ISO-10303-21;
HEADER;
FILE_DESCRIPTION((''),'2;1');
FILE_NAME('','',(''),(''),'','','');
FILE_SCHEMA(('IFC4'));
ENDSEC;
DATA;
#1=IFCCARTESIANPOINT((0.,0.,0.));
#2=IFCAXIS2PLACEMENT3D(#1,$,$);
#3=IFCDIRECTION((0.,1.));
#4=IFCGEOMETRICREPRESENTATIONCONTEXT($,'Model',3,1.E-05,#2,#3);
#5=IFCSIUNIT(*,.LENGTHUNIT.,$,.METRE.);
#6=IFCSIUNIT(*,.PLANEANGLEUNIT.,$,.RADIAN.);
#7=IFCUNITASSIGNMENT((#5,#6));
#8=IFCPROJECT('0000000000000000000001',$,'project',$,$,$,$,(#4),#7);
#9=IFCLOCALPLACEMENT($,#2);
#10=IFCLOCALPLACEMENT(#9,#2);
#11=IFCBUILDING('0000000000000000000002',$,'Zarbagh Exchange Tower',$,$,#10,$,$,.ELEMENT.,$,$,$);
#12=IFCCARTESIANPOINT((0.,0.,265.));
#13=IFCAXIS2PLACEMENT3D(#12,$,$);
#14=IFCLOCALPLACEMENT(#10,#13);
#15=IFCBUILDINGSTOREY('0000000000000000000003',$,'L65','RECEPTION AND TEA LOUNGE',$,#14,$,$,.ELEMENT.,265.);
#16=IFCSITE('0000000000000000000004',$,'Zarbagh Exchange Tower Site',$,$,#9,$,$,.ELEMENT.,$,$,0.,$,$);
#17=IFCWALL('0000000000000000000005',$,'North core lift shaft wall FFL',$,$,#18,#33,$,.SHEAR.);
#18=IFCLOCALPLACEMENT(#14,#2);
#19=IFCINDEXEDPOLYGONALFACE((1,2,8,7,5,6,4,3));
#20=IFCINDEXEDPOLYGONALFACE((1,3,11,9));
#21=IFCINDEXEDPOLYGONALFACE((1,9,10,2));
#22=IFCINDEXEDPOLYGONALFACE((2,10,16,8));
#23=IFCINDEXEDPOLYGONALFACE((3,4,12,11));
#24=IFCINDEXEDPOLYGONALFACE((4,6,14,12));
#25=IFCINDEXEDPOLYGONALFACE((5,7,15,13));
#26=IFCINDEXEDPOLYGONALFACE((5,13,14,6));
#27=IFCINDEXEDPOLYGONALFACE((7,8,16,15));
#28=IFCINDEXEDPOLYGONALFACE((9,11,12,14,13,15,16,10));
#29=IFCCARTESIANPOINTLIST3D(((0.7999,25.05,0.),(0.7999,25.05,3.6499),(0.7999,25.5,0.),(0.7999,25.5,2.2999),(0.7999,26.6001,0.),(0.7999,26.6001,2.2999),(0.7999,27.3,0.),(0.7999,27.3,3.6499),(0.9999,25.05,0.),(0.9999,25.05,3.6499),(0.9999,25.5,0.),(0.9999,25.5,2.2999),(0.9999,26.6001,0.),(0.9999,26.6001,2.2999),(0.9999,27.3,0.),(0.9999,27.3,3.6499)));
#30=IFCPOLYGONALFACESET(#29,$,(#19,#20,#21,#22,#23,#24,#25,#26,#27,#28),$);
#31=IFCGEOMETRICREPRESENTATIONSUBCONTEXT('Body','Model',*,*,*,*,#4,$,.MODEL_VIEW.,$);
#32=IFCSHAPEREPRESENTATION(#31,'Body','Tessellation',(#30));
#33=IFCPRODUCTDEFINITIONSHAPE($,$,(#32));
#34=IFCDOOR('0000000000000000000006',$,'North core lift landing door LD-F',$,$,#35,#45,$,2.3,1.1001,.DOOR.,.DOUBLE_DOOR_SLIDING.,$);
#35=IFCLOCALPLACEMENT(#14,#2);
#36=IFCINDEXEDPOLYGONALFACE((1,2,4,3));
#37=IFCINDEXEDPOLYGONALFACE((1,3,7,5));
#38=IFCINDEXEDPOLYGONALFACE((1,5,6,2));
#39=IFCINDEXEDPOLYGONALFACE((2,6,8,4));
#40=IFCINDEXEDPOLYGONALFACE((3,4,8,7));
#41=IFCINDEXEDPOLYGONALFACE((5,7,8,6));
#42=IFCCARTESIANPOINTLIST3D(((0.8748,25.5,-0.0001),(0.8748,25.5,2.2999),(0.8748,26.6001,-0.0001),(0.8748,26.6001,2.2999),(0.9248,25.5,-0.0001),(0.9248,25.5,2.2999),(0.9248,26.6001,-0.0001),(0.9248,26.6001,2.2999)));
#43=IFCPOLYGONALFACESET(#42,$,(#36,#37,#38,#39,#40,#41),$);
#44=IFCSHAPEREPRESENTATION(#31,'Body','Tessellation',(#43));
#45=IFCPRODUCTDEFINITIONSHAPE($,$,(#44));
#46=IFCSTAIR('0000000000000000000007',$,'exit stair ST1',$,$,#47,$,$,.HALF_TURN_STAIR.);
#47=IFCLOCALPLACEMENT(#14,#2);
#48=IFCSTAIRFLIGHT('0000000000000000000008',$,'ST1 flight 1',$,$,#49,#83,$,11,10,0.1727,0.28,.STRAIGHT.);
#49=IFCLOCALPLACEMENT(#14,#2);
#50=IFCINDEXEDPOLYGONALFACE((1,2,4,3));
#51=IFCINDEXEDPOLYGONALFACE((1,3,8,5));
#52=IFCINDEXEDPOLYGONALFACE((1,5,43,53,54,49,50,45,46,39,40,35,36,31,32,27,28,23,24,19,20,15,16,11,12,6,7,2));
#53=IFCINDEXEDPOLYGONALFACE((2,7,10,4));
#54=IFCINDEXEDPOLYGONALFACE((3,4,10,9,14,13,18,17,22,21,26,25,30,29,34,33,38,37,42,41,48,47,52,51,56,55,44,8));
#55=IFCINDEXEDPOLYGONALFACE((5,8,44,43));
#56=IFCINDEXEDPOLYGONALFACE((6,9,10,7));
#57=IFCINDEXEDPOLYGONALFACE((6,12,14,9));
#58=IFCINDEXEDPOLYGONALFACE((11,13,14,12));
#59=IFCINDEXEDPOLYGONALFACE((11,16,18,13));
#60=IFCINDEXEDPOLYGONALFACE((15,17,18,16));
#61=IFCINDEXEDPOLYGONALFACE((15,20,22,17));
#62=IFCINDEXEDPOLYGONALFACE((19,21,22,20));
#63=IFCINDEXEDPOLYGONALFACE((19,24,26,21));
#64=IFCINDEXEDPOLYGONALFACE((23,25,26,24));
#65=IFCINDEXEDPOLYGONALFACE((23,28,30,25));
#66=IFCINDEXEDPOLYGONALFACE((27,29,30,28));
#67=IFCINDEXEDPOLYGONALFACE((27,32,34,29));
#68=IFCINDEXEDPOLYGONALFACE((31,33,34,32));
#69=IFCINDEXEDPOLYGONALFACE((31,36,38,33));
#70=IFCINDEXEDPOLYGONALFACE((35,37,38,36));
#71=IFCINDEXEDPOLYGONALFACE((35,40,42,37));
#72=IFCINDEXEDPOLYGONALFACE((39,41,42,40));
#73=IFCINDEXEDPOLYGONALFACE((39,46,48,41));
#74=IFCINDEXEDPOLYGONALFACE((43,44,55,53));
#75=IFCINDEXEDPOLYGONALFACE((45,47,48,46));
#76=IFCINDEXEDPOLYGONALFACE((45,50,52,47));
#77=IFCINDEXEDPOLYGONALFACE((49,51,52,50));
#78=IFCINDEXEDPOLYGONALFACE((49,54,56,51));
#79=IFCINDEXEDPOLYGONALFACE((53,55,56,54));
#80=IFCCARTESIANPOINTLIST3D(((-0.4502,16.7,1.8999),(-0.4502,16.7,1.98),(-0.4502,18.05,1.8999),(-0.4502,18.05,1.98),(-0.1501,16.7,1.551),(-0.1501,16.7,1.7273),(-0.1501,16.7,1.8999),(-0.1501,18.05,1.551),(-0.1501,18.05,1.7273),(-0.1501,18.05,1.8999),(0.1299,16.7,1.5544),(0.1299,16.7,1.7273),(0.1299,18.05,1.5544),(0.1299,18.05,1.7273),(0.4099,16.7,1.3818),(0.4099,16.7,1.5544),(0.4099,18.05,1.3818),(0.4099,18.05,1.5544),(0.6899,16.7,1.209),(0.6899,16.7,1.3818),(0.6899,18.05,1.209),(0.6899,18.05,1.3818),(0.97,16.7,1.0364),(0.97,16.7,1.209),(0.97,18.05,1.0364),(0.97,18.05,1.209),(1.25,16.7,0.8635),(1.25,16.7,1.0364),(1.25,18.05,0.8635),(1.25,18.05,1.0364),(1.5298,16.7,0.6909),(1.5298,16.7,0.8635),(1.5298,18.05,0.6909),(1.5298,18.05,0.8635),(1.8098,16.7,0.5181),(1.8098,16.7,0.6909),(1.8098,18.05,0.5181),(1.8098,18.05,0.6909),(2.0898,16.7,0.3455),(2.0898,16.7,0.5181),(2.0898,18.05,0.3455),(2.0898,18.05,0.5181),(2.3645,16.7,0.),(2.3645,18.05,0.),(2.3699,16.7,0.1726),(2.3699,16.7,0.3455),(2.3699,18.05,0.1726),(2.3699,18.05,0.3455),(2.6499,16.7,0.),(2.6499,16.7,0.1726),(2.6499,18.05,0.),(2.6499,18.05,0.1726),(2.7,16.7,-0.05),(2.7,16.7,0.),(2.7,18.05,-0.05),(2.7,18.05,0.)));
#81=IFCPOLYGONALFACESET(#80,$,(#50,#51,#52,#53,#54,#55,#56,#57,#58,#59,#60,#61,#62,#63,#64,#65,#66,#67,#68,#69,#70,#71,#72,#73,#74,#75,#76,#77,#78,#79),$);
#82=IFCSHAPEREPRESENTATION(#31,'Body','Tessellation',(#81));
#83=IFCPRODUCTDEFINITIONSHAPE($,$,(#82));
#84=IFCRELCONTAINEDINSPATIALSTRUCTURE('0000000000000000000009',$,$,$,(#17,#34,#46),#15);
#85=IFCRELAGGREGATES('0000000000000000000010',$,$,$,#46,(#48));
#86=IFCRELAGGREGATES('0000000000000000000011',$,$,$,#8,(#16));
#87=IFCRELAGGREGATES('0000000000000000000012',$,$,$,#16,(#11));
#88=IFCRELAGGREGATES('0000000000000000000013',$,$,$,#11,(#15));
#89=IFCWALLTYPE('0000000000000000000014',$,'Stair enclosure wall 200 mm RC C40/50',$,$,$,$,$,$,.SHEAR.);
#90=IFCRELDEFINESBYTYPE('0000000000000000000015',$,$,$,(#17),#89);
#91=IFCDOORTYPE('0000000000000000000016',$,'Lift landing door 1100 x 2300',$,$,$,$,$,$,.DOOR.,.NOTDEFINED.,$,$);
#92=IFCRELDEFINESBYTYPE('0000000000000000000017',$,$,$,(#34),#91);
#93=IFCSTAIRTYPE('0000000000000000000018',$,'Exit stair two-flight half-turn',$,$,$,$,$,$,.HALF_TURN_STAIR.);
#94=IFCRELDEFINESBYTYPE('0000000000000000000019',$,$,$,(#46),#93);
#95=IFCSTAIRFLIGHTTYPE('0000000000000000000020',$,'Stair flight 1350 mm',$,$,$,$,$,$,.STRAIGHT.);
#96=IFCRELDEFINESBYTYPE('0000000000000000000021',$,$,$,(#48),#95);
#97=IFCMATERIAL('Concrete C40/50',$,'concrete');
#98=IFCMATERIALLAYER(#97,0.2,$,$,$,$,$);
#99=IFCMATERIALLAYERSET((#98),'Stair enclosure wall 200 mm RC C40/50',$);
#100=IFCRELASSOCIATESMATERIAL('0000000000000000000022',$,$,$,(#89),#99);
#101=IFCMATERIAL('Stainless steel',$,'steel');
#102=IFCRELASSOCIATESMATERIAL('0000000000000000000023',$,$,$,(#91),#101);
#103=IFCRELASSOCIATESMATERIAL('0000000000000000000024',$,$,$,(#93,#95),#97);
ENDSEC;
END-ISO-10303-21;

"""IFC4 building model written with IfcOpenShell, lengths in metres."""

from ifc_helpers import new_model, si_unit, direction, frame, frame_2d, origin, place, context, subcontext, project, spatial, polyline, rectangle, outline, extrude, material, layer, layer_set, type_object, element, fill, aggregate, save


model = new_model("IFC4")

# Units and contexts
model_context = context("Model", 3, precision=1e-05, world=origin(), true_north=direction((0.0, 1.0)))
body_context = subcontext(model_context, "Body", "Model", "MODEL_VIEW")
ifc_project = project(units=[si_unit("LENGTHUNIT", "METRE"), si_unit("PLANEANGLEUNIT", "RADIAN")], contexts=[model_context])

# Site, building, storey
site_placement = place(None, origin())
site = spatial("IfcSite", under=ifc_project, at=site_placement, Name="Zarbagh Exchange Tower Site", CompositionType="ELEMENT", RefElevation=0.0)
building_placement = place(site_placement, origin())
building = spatial("IfcBuilding", under=site, at=building_placement, Name="Zarbagh Exchange Tower", CompositionType="ELEMENT")
storey_placement = place(building_placement, frame((0.0, 0.0, 265.0)))
storey = spatial("IfcBuildingStorey", under=building, at=storey_placement, Name="L65", Description="RECEPTION AND TEA LOUNGE", CompositionType="ELEMENT", Elevation=265.0)

# Shared definitions
ifc_material_1 = material(Name="Concrete C40/50", Category="concrete")

# Wall, opening, door
ifc_layer_1 = layer(ifc_material_1, 0.2)
ifc_layer_set_1 = layer_set([ifc_layer_1], Name="Stair enclosure wall 200 mm RC C40/50")
wall_type_1 = type_object("IfcWallType", Name="Stair enclosure wall 200 mm RC C40/50", PredefinedType="SHEAR", material=ifc_layer_set_1)
wall_1_placement = place(storey_placement, frame((0.8999, 27.3, 0.0), z_axis=(0.0, 0.0, 1.0), x_axis=(0.0, -1.0, 0.0)))
wall_1 = element("IfcWall", 1, at=wall_1_placement, inside=storey, type_object=wall_type_1, Name="North core lift shaft wall FFL", PredefinedType="SHEAR", context=body_context, shape_type="SweptSolid", body=[
    extrude(rectangle(XDim=2.25, YDim=0.2, at=frame_2d((1.125, 0.0))), origin(), (0.0, 0.0, 1.0), 3.6499),
])
opening_1_placement = place(wall_1_placement, frame((0.7, 0.0, 0.0)))
opening_1 = element("IfcOpeningElement", 2, at=opening_1_placement, cuts=wall_1, PredefinedType="OPENING", context=body_context, shape_type="SweptSolid", body=[
    extrude(rectangle(XDim=1.1001, YDim=2.3, at=frame_2d((0.55, 1.1499))), frame((0.0, 0.1099, 0.0), z_axis=(0.0, -1.0, 0.0), x_axis=(1.0, 0.0, 0.0)), (0.0, 0.0, 1.0), 0.22),
])
ifc_material_2 = material(Name="Stainless steel", Category="steel")
door_type_1 = type_object("IfcDoorType", Name="Lift landing door 1100 x 2300", OperationType="NOTDEFINED", PredefinedType="DOOR", material=ifc_material_2)
door_1_placement = place(opening_1_placement, origin())
door_1 = element("IfcDoor", 3, at=door_1_placement, inside=storey, type_object=door_type_1, Name="North core lift landing door LD-F", OperationType="DOUBLE_DOOR_SLIDING", OverallHeight=2.3, OverallWidth=1.1001, PredefinedType="DOOR", context=body_context, shape_type="SweptSolid", body=[
    extrude(rectangle(XDim=1.1001, YDim=2.3, at=frame_2d((0.55, 1.1499))), frame((0.0, 0.0249, 0.0), z_axis=(0.0, -1.0, 0.0), x_axis=(1.0, 0.0, 0.0)), (0.0, 0.0, 1.0), 0.05),
])
fill(opening_1, door_1)

# Stair, stair flight
stair_type = type_object("IfcStairType", Name="Exit stair two-flight half-turn", PredefinedType="HALF_TURN_STAIR", material=ifc_material_1)
stair_placement = place(storey_placement, origin())
stair = element("IfcStair", 4, at=stair_placement, inside=storey, type_object=stair_type, Name="exit stair ST1", PredefinedType="HALF_TURN_STAIR")
stair_flight_type = type_object("IfcStairFlightType", Name="Stair flight 1350 mm", PredefinedType="STRAIGHT", material=ifc_material_1)
stair_flight_placement = place(storey_placement, frame((2.6499, 17.375, 0.0), z_axis=(0.0, 0.0, 1.0), x_axis=(-1.0, 0.0, 0.0)))
stair_flight = element("IfcStairFlight", 5, at=stair_flight_placement, type_object=stair_flight_type, Name="ST1 flight 1", NumberOfRisers=11, NumberOfTreads=10, PredefinedType="STRAIGHT", RiserHeight=0.1727, TreadLength=0.28, context=body_context, shape_type="SweptSolid", body=[
    extrude(outline(polyline([(-0.05, -0.05), (-0.05, 0.0), (0.0, 0.0), (0.0, 0.1726), (0.28, 0.1726), (0.28, 0.3455), (0.5601, 0.3455), (0.5601, 0.5181), (0.8401, 0.5181), (0.8401, 0.6909), (1.1201, 0.6909), (1.1201, 0.8635), (1.3999, 0.8635), (1.3999, 1.0364), (1.6799, 1.0364), (1.6799, 1.209), (1.96, 1.209), (1.96, 1.3818), (2.24, 1.3818), (2.24, 1.5544), (2.52, 1.5544), (2.52, 1.7273), (2.8, 1.7273), (2.8, 1.8999), (3.1001, 1.98), (3.1001, 1.8999), (2.8, 1.551), (0.2854, 0.0), (-0.05, -0.05)])), frame((0.0, 0.675, 0.0), z_axis=(0.0, -1.0, 0.0), x_axis=(1.0, 0.0, 0.0)), (0.0, 0.0, 1.0), 1.3501),
])
aggregate(stair, [stair_flight])

save(model, "model.ifc")
